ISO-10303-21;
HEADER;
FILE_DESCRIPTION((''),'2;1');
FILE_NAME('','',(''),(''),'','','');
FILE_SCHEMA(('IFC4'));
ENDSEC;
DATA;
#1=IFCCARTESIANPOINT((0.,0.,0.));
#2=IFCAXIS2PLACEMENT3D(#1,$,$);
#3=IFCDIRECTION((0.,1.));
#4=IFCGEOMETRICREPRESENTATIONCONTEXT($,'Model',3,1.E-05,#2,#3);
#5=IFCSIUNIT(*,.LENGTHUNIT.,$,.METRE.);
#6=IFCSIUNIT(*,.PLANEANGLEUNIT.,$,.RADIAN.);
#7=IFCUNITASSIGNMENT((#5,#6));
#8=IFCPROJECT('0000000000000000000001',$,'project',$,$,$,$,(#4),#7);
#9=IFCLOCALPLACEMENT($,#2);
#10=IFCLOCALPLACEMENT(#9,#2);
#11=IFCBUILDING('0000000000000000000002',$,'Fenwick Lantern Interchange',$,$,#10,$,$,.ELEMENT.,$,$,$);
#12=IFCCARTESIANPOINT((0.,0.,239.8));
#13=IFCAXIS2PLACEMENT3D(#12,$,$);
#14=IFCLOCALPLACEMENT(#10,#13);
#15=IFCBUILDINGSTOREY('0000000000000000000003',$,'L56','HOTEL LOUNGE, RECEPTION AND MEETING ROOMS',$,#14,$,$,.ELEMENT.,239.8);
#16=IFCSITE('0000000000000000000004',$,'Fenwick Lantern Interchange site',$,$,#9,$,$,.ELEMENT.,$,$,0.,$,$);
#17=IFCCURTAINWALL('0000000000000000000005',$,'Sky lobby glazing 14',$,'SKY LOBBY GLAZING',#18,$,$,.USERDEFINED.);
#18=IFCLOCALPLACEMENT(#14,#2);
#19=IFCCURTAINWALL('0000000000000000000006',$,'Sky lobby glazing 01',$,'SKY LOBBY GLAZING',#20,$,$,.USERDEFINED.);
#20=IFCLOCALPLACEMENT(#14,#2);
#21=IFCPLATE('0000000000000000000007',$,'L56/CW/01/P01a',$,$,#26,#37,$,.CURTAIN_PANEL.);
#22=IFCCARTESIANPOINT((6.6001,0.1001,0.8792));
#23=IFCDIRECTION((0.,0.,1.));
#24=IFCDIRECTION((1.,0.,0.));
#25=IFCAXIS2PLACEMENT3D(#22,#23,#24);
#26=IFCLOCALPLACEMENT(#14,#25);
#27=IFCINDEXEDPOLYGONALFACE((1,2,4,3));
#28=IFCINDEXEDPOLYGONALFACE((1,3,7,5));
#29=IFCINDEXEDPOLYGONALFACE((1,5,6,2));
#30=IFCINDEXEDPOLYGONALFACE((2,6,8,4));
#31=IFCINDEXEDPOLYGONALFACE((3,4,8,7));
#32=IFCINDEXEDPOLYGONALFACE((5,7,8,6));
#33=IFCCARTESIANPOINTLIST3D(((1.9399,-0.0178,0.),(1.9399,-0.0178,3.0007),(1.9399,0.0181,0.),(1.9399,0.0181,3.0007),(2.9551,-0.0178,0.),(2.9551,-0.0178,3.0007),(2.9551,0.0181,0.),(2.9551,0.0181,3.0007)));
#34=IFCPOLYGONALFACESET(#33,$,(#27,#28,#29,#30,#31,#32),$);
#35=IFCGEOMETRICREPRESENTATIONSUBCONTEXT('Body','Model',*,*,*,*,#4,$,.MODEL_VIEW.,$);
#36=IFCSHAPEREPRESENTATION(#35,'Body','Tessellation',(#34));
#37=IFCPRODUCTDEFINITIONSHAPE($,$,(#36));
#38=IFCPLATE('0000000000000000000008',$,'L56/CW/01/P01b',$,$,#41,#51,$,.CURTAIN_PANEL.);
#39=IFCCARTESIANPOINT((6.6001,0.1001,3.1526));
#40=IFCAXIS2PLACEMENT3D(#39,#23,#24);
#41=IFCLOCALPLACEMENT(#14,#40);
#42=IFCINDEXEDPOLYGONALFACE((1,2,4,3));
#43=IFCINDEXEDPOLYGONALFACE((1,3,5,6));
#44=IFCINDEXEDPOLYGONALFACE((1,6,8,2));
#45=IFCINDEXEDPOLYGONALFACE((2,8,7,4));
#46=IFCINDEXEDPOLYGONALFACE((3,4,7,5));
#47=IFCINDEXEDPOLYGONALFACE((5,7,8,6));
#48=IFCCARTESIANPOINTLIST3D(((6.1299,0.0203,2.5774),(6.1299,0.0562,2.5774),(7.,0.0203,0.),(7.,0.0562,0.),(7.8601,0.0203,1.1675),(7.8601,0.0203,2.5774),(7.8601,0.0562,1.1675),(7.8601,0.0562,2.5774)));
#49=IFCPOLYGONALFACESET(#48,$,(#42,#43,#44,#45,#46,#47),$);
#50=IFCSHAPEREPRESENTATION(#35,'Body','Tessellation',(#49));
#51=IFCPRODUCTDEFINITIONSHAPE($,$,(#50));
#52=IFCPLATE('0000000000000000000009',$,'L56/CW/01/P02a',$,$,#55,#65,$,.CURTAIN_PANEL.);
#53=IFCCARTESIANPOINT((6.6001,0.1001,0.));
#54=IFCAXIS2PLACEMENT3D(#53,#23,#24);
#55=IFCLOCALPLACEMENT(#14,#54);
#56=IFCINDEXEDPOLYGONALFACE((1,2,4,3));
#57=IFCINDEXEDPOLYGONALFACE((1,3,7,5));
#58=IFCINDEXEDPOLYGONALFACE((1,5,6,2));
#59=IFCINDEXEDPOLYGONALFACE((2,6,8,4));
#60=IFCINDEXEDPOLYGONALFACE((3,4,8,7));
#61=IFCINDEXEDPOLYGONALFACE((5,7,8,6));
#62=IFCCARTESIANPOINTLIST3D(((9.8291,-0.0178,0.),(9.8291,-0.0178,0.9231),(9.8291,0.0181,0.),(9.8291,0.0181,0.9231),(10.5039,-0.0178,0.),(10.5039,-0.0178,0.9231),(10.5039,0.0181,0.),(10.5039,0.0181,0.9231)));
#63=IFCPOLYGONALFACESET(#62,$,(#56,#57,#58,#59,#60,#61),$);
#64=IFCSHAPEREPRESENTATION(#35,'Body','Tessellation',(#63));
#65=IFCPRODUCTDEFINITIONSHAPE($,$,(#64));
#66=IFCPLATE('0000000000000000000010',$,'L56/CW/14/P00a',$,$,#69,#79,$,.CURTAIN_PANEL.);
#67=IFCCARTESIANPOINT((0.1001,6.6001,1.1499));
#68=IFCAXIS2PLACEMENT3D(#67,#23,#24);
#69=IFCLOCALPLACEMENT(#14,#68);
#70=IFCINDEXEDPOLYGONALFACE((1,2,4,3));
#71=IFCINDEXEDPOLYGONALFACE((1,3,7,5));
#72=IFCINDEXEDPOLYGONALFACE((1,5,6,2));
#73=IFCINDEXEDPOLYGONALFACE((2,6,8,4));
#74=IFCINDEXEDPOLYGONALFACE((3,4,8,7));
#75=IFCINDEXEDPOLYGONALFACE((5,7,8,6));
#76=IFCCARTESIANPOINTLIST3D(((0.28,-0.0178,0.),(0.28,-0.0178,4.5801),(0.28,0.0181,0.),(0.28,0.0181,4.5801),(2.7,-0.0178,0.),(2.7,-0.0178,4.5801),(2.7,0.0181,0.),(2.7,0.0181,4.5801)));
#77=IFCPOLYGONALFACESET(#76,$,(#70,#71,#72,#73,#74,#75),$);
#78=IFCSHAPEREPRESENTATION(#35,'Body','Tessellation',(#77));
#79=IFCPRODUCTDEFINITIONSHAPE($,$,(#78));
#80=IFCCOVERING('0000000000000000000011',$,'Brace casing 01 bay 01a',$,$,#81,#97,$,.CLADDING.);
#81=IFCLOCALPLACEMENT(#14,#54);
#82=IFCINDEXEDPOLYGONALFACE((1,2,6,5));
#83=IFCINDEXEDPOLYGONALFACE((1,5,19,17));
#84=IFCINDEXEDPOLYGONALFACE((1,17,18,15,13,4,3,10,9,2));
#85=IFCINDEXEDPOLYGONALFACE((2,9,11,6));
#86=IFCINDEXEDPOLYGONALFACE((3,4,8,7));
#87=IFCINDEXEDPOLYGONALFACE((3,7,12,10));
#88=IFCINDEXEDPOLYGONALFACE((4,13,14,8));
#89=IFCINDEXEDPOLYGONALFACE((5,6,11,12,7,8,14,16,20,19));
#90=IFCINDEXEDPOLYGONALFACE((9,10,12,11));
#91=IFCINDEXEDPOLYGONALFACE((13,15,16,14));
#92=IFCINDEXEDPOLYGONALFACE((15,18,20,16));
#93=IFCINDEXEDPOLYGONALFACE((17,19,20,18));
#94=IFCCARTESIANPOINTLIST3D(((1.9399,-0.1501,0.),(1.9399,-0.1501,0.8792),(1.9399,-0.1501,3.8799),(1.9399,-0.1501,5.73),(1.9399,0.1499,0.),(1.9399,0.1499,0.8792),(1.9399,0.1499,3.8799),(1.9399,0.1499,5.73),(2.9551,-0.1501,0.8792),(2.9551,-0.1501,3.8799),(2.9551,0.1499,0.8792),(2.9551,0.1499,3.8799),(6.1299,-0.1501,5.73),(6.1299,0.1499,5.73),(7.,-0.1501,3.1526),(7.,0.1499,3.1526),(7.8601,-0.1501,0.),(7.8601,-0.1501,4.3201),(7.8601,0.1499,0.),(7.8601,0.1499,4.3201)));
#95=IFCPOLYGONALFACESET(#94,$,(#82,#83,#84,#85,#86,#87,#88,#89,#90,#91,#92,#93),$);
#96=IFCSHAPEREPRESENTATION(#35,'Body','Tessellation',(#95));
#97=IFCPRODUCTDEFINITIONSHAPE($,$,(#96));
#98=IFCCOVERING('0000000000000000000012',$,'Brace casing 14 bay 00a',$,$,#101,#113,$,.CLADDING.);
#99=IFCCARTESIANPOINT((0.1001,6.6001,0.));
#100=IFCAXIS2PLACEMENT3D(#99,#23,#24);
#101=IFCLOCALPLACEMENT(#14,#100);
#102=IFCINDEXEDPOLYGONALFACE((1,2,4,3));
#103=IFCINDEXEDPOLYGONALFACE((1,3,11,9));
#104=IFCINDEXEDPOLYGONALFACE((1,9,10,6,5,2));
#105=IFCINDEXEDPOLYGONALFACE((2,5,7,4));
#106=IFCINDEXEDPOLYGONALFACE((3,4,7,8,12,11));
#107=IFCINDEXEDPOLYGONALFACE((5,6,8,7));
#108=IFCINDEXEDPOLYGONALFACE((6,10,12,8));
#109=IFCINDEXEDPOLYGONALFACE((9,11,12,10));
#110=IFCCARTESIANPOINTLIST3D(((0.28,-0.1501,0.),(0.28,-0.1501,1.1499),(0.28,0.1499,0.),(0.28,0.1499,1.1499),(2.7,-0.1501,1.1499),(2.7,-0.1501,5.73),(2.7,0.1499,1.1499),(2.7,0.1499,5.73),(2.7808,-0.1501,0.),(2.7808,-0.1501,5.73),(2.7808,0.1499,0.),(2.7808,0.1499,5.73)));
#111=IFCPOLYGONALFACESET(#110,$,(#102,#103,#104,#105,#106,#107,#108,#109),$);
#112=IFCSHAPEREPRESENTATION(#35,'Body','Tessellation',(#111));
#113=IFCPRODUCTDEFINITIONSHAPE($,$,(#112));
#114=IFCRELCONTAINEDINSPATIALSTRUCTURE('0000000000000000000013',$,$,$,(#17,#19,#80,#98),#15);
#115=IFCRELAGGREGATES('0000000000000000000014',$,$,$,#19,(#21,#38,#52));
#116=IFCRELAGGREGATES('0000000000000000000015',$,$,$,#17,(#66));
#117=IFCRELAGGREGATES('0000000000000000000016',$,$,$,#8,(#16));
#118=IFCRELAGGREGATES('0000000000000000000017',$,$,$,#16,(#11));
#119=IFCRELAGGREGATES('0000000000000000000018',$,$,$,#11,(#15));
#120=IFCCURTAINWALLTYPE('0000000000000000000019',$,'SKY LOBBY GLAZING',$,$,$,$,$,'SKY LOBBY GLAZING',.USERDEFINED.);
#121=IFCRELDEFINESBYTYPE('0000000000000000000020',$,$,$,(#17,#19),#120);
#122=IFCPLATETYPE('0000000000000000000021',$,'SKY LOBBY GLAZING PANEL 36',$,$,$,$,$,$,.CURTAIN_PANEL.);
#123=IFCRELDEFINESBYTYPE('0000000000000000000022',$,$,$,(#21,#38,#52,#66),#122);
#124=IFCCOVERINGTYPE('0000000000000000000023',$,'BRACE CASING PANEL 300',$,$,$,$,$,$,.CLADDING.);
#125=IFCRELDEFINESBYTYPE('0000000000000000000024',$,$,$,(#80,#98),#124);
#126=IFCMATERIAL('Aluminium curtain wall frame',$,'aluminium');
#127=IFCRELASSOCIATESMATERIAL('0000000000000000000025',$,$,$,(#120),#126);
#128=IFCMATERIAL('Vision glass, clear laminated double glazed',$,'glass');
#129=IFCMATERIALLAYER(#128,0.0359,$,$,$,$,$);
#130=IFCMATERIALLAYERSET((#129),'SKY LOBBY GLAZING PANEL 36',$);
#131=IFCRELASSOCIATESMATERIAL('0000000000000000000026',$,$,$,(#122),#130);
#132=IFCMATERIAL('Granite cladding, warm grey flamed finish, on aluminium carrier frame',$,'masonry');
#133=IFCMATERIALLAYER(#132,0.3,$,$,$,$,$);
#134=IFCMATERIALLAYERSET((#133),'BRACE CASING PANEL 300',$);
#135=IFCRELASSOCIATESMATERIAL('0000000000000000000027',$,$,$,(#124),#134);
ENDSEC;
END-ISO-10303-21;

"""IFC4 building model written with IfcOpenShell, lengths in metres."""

from ifc_helpers import new_model, si_unit, direction, frame, origin, place, context, subcontext, project, spatial, polyline, outline, extrude, material, layer, layer_set, type_object, element, aggregate, save


model = new_model("IFC4")

# Units and contexts
model_context = context("Model", 3, precision=1e-05, world=origin(), true_north=direction((0.0, 1.0)))
body_context = subcontext(model_context, "Body", "Model", "MODEL_VIEW")
ifc_project = project(units=[si_unit("LENGTHUNIT", "METRE"), si_unit("PLANEANGLEUNIT", "RADIAN")], contexts=[model_context])

# Site, building, storey
site_placement = place(None, origin())
site = spatial("IfcSite", under=ifc_project, at=site_placement, Name="Fenwick Lantern Interchange site", CompositionType="ELEMENT", RefElevation=0.0)
building_placement = place(site_placement, origin())
building = spatial("IfcBuilding", under=site, at=building_placement, Name="Fenwick Lantern Interchange", CompositionType="ELEMENT")
storey_placement = place(building_placement, frame((0.0, 0.0, 239.8)))
storey = spatial("IfcBuildingStorey", under=building, at=storey_placement, Name="L56", Description="HOTEL LOUNGE, RECEPTION AND MEETING ROOMS", CompositionType="ELEMENT", Elevation=239.8)

# Curtain wall
ifc_material_1 = material(Name="Aluminium curtain wall frame", Category="aluminium")
curtain_wall_type = type_object("IfcCurtainWallType", Name="SKY LOBBY GLAZING", ElementType="SKY LOBBY GLAZING", PredefinedType="USERDEFINED", material=ifc_material_1)
curtain_wall_1_placement = place(storey_placement, origin())
curtain_wall_1 = element("IfcCurtainWall", 1, at=curtain_wall_1_placement, inside=storey, type_object=curtain_wall_type, Name="Sky lobby glazing 14", ObjectType="SKY LOBBY GLAZING", PredefinedType="USERDEFINED")

# Curtain wall, plates
curtain_wall_2_placement = place(storey_placement, origin())
curtain_wall_2 = element("IfcCurtainWall", 2, at=curtain_wall_2_placement, inside=storey, type_object=curtain_wall_type, Name="Sky lobby glazing 01", ObjectType="SKY LOBBY GLAZING", PredefinedType="USERDEFINED")
ifc_material_2 = material(Name="Vision glass, clear laminated double glazed", Category="glass")
ifc_layer_1 = layer(ifc_material_2, 0.0359)
ifc_layer_set_1 = layer_set([ifc_layer_1], Name="SKY LOBBY GLAZING PANEL 36")
plate_type = type_object("IfcPlateType", Name="SKY LOBBY GLAZING PANEL 36", PredefinedType="CURTAIN_PANEL", material=ifc_layer_set_1)
plate_1_placement = place(storey_placement, frame((6.6001, 0.1001, 0.8792), z_axis=(0.0, 0.0, 1.0), x_axis=(1.0, 0.0, 0.0)))
plate_1 = element("IfcPlate", 3, at=plate_1_placement, type_object=plate_type, Name="L56/CW/01/P01a", PredefinedType="CURTAIN_PANEL", context=body_context, shape_type="SweptSolid", body=[
    extrude(outline(polyline([(1.9399, 0.0), (2.9551, 0.0), (2.9551, 3.0007), (1.9399, 3.0007), (1.9399, 0.0)])), frame((0.0, 0.0181, 0.0), z_axis=(0.0, -1.0, 0.0), x_axis=(1.0, 0.0, 0.0)), (0.0, 0.0, 1.0), 0.0359),
])
plate_2_placement = place(storey_placement, frame((6.6001, 0.1001, 3.1526), z_axis=(0.0, 0.0, 1.0), x_axis=(1.0, 0.0, 0.0)))
plate_2 = element("IfcPlate", 4, at=plate_2_placement, type_object=plate_type, Name="L56/CW/01/P01b", PredefinedType="CURTAIN_PANEL", context=body_context, shape_type="SweptSolid", body=[
    extrude(outline(polyline([(7.0, 0.0), (7.8601, 1.1675), (7.8601, 2.5774), (6.1299, 2.5774), (7.0, 0.0)])), frame((0.0, 0.0562, 0.0), z_axis=(0.0, -1.0, 0.0), x_axis=(1.0, 0.0, 0.0)), (0.0, 0.0, 1.0), 0.0359),
])
plate_3_placement = place(storey_placement, frame((6.6001, 0.1001, 0.0), z_axis=(0.0, 0.0, 1.0), x_axis=(1.0, 0.0, 0.0)))
plate_3 = element("IfcPlate", 5, at=plate_3_placement, type_object=plate_type, Name="L56/CW/01/P02a", PredefinedType="CURTAIN_PANEL", context=body_context, shape_type="SweptSolid", body=[
    extrude(outline(polyline([(9.8291, 0.0), (10.5039, 0.0), (10.5039, 0.9231), (9.8291, 0.9231), (9.8291, 0.0)])), frame((0.0, 0.0181, 0.0), z_axis=(0.0, -1.0, 0.0), x_axis=(1.0, 0.0, 0.0)), (0.0, 0.0, 1.0), 0.0359),
])
aggregate(curtain_wall_2, [plate_1, plate_2, plate_3])

# Plate
plate_4_placement = place(storey_placement, frame((0.1001, 6.6001, 1.1499), z_axis=(0.0, 0.0, 1.0), x_axis=(1.0, 0.0, 0.0)))
plate_4 = element("IfcPlate", 6, at=plate_4_placement, type_object=plate_type, Name="L56/CW/14/P00a", PredefinedType="CURTAIN_PANEL", context=body_context, shape_type="SweptSolid", body=[
    extrude(outline(polyline([(0.28, 0.0), (2.7, 0.0), (2.7, 4.5801), (0.28, 4.5801), (0.28, 0.0)])), frame((0.0, 0.0181, 0.0), z_axis=(0.0, -1.0, 0.0), x_axis=(1.0, 0.0, 0.0)), (0.0, 0.0, 1.0), 0.0359),
])
aggregate(curtain_wall_1, [plate_4])

# Coverings
ifc_material_3 = material(Name="Granite cladding, warm grey flamed finish, on aluminium carrier frame", Category="masonry")
ifc_layer_2 = layer(ifc_material_3, 0.3)
ifc_layer_set_2 = layer_set([ifc_layer_2], Name="BRACE CASING PANEL 300")
covering_type = type_object("IfcCoveringType", Name="BRACE CASING PANEL 300", PredefinedType="CLADDING", material=ifc_layer_set_2)
covering_1_placement = place(storey_placement, frame((6.6001, 0.1001, 0.0), z_axis=(0.0, 0.0, 1.0), x_axis=(1.0, 0.0, 0.0)))
element("IfcCovering", 7, at=covering_1_placement, inside=storey, type_object=covering_type, Name="Brace casing 01 bay 01a", PredefinedType="CLADDING", context=body_context, shape_type="SweptSolid", body=[
    extrude(outline(polyline([(1.9399, 0.0), (7.8601, 0.0), (7.8601, 4.3201), (7.0, 3.1526), (6.1299, 5.73), (1.9399, 5.73), (1.9399, 3.8799), (2.9551, 3.8799), (2.9551, 0.8792), (1.9399, 0.8792), (1.9399, 0.0)])), frame((0.0, 0.1499, 0.0), z_axis=(0.0, -1.0, 0.0), x_axis=(1.0, 0.0, 0.0)), (0.0, 0.0, 1.0), 0.3),
])
covering_2_placement = place(storey_placement, frame((0.1001, 6.6001, 0.0), z_axis=(0.0, 0.0, 1.0), x_axis=(1.0, 0.0, 0.0)))
element("IfcCovering", 8, at=covering_2_placement, inside=storey, type_object=covering_type, Name="Brace casing 14 bay 00a", PredefinedType="CLADDING", context=body_context, shape_type="SweptSolid", body=[
    extrude(outline(polyline([(0.28, 0.0), (2.7808, 0.0), (2.7808, 5.73), (2.7, 5.73), (2.7, 1.1499), (0.28, 1.1499), (0.28, 0.0)])), frame((0.0, 0.1499, 0.0), z_axis=(0.0, -1.0, 0.0), x_axis=(1.0, 0.0, 0.0)), (0.0, 0.0, 1.0), 0.3),
])

save(model, "model.ifc")
